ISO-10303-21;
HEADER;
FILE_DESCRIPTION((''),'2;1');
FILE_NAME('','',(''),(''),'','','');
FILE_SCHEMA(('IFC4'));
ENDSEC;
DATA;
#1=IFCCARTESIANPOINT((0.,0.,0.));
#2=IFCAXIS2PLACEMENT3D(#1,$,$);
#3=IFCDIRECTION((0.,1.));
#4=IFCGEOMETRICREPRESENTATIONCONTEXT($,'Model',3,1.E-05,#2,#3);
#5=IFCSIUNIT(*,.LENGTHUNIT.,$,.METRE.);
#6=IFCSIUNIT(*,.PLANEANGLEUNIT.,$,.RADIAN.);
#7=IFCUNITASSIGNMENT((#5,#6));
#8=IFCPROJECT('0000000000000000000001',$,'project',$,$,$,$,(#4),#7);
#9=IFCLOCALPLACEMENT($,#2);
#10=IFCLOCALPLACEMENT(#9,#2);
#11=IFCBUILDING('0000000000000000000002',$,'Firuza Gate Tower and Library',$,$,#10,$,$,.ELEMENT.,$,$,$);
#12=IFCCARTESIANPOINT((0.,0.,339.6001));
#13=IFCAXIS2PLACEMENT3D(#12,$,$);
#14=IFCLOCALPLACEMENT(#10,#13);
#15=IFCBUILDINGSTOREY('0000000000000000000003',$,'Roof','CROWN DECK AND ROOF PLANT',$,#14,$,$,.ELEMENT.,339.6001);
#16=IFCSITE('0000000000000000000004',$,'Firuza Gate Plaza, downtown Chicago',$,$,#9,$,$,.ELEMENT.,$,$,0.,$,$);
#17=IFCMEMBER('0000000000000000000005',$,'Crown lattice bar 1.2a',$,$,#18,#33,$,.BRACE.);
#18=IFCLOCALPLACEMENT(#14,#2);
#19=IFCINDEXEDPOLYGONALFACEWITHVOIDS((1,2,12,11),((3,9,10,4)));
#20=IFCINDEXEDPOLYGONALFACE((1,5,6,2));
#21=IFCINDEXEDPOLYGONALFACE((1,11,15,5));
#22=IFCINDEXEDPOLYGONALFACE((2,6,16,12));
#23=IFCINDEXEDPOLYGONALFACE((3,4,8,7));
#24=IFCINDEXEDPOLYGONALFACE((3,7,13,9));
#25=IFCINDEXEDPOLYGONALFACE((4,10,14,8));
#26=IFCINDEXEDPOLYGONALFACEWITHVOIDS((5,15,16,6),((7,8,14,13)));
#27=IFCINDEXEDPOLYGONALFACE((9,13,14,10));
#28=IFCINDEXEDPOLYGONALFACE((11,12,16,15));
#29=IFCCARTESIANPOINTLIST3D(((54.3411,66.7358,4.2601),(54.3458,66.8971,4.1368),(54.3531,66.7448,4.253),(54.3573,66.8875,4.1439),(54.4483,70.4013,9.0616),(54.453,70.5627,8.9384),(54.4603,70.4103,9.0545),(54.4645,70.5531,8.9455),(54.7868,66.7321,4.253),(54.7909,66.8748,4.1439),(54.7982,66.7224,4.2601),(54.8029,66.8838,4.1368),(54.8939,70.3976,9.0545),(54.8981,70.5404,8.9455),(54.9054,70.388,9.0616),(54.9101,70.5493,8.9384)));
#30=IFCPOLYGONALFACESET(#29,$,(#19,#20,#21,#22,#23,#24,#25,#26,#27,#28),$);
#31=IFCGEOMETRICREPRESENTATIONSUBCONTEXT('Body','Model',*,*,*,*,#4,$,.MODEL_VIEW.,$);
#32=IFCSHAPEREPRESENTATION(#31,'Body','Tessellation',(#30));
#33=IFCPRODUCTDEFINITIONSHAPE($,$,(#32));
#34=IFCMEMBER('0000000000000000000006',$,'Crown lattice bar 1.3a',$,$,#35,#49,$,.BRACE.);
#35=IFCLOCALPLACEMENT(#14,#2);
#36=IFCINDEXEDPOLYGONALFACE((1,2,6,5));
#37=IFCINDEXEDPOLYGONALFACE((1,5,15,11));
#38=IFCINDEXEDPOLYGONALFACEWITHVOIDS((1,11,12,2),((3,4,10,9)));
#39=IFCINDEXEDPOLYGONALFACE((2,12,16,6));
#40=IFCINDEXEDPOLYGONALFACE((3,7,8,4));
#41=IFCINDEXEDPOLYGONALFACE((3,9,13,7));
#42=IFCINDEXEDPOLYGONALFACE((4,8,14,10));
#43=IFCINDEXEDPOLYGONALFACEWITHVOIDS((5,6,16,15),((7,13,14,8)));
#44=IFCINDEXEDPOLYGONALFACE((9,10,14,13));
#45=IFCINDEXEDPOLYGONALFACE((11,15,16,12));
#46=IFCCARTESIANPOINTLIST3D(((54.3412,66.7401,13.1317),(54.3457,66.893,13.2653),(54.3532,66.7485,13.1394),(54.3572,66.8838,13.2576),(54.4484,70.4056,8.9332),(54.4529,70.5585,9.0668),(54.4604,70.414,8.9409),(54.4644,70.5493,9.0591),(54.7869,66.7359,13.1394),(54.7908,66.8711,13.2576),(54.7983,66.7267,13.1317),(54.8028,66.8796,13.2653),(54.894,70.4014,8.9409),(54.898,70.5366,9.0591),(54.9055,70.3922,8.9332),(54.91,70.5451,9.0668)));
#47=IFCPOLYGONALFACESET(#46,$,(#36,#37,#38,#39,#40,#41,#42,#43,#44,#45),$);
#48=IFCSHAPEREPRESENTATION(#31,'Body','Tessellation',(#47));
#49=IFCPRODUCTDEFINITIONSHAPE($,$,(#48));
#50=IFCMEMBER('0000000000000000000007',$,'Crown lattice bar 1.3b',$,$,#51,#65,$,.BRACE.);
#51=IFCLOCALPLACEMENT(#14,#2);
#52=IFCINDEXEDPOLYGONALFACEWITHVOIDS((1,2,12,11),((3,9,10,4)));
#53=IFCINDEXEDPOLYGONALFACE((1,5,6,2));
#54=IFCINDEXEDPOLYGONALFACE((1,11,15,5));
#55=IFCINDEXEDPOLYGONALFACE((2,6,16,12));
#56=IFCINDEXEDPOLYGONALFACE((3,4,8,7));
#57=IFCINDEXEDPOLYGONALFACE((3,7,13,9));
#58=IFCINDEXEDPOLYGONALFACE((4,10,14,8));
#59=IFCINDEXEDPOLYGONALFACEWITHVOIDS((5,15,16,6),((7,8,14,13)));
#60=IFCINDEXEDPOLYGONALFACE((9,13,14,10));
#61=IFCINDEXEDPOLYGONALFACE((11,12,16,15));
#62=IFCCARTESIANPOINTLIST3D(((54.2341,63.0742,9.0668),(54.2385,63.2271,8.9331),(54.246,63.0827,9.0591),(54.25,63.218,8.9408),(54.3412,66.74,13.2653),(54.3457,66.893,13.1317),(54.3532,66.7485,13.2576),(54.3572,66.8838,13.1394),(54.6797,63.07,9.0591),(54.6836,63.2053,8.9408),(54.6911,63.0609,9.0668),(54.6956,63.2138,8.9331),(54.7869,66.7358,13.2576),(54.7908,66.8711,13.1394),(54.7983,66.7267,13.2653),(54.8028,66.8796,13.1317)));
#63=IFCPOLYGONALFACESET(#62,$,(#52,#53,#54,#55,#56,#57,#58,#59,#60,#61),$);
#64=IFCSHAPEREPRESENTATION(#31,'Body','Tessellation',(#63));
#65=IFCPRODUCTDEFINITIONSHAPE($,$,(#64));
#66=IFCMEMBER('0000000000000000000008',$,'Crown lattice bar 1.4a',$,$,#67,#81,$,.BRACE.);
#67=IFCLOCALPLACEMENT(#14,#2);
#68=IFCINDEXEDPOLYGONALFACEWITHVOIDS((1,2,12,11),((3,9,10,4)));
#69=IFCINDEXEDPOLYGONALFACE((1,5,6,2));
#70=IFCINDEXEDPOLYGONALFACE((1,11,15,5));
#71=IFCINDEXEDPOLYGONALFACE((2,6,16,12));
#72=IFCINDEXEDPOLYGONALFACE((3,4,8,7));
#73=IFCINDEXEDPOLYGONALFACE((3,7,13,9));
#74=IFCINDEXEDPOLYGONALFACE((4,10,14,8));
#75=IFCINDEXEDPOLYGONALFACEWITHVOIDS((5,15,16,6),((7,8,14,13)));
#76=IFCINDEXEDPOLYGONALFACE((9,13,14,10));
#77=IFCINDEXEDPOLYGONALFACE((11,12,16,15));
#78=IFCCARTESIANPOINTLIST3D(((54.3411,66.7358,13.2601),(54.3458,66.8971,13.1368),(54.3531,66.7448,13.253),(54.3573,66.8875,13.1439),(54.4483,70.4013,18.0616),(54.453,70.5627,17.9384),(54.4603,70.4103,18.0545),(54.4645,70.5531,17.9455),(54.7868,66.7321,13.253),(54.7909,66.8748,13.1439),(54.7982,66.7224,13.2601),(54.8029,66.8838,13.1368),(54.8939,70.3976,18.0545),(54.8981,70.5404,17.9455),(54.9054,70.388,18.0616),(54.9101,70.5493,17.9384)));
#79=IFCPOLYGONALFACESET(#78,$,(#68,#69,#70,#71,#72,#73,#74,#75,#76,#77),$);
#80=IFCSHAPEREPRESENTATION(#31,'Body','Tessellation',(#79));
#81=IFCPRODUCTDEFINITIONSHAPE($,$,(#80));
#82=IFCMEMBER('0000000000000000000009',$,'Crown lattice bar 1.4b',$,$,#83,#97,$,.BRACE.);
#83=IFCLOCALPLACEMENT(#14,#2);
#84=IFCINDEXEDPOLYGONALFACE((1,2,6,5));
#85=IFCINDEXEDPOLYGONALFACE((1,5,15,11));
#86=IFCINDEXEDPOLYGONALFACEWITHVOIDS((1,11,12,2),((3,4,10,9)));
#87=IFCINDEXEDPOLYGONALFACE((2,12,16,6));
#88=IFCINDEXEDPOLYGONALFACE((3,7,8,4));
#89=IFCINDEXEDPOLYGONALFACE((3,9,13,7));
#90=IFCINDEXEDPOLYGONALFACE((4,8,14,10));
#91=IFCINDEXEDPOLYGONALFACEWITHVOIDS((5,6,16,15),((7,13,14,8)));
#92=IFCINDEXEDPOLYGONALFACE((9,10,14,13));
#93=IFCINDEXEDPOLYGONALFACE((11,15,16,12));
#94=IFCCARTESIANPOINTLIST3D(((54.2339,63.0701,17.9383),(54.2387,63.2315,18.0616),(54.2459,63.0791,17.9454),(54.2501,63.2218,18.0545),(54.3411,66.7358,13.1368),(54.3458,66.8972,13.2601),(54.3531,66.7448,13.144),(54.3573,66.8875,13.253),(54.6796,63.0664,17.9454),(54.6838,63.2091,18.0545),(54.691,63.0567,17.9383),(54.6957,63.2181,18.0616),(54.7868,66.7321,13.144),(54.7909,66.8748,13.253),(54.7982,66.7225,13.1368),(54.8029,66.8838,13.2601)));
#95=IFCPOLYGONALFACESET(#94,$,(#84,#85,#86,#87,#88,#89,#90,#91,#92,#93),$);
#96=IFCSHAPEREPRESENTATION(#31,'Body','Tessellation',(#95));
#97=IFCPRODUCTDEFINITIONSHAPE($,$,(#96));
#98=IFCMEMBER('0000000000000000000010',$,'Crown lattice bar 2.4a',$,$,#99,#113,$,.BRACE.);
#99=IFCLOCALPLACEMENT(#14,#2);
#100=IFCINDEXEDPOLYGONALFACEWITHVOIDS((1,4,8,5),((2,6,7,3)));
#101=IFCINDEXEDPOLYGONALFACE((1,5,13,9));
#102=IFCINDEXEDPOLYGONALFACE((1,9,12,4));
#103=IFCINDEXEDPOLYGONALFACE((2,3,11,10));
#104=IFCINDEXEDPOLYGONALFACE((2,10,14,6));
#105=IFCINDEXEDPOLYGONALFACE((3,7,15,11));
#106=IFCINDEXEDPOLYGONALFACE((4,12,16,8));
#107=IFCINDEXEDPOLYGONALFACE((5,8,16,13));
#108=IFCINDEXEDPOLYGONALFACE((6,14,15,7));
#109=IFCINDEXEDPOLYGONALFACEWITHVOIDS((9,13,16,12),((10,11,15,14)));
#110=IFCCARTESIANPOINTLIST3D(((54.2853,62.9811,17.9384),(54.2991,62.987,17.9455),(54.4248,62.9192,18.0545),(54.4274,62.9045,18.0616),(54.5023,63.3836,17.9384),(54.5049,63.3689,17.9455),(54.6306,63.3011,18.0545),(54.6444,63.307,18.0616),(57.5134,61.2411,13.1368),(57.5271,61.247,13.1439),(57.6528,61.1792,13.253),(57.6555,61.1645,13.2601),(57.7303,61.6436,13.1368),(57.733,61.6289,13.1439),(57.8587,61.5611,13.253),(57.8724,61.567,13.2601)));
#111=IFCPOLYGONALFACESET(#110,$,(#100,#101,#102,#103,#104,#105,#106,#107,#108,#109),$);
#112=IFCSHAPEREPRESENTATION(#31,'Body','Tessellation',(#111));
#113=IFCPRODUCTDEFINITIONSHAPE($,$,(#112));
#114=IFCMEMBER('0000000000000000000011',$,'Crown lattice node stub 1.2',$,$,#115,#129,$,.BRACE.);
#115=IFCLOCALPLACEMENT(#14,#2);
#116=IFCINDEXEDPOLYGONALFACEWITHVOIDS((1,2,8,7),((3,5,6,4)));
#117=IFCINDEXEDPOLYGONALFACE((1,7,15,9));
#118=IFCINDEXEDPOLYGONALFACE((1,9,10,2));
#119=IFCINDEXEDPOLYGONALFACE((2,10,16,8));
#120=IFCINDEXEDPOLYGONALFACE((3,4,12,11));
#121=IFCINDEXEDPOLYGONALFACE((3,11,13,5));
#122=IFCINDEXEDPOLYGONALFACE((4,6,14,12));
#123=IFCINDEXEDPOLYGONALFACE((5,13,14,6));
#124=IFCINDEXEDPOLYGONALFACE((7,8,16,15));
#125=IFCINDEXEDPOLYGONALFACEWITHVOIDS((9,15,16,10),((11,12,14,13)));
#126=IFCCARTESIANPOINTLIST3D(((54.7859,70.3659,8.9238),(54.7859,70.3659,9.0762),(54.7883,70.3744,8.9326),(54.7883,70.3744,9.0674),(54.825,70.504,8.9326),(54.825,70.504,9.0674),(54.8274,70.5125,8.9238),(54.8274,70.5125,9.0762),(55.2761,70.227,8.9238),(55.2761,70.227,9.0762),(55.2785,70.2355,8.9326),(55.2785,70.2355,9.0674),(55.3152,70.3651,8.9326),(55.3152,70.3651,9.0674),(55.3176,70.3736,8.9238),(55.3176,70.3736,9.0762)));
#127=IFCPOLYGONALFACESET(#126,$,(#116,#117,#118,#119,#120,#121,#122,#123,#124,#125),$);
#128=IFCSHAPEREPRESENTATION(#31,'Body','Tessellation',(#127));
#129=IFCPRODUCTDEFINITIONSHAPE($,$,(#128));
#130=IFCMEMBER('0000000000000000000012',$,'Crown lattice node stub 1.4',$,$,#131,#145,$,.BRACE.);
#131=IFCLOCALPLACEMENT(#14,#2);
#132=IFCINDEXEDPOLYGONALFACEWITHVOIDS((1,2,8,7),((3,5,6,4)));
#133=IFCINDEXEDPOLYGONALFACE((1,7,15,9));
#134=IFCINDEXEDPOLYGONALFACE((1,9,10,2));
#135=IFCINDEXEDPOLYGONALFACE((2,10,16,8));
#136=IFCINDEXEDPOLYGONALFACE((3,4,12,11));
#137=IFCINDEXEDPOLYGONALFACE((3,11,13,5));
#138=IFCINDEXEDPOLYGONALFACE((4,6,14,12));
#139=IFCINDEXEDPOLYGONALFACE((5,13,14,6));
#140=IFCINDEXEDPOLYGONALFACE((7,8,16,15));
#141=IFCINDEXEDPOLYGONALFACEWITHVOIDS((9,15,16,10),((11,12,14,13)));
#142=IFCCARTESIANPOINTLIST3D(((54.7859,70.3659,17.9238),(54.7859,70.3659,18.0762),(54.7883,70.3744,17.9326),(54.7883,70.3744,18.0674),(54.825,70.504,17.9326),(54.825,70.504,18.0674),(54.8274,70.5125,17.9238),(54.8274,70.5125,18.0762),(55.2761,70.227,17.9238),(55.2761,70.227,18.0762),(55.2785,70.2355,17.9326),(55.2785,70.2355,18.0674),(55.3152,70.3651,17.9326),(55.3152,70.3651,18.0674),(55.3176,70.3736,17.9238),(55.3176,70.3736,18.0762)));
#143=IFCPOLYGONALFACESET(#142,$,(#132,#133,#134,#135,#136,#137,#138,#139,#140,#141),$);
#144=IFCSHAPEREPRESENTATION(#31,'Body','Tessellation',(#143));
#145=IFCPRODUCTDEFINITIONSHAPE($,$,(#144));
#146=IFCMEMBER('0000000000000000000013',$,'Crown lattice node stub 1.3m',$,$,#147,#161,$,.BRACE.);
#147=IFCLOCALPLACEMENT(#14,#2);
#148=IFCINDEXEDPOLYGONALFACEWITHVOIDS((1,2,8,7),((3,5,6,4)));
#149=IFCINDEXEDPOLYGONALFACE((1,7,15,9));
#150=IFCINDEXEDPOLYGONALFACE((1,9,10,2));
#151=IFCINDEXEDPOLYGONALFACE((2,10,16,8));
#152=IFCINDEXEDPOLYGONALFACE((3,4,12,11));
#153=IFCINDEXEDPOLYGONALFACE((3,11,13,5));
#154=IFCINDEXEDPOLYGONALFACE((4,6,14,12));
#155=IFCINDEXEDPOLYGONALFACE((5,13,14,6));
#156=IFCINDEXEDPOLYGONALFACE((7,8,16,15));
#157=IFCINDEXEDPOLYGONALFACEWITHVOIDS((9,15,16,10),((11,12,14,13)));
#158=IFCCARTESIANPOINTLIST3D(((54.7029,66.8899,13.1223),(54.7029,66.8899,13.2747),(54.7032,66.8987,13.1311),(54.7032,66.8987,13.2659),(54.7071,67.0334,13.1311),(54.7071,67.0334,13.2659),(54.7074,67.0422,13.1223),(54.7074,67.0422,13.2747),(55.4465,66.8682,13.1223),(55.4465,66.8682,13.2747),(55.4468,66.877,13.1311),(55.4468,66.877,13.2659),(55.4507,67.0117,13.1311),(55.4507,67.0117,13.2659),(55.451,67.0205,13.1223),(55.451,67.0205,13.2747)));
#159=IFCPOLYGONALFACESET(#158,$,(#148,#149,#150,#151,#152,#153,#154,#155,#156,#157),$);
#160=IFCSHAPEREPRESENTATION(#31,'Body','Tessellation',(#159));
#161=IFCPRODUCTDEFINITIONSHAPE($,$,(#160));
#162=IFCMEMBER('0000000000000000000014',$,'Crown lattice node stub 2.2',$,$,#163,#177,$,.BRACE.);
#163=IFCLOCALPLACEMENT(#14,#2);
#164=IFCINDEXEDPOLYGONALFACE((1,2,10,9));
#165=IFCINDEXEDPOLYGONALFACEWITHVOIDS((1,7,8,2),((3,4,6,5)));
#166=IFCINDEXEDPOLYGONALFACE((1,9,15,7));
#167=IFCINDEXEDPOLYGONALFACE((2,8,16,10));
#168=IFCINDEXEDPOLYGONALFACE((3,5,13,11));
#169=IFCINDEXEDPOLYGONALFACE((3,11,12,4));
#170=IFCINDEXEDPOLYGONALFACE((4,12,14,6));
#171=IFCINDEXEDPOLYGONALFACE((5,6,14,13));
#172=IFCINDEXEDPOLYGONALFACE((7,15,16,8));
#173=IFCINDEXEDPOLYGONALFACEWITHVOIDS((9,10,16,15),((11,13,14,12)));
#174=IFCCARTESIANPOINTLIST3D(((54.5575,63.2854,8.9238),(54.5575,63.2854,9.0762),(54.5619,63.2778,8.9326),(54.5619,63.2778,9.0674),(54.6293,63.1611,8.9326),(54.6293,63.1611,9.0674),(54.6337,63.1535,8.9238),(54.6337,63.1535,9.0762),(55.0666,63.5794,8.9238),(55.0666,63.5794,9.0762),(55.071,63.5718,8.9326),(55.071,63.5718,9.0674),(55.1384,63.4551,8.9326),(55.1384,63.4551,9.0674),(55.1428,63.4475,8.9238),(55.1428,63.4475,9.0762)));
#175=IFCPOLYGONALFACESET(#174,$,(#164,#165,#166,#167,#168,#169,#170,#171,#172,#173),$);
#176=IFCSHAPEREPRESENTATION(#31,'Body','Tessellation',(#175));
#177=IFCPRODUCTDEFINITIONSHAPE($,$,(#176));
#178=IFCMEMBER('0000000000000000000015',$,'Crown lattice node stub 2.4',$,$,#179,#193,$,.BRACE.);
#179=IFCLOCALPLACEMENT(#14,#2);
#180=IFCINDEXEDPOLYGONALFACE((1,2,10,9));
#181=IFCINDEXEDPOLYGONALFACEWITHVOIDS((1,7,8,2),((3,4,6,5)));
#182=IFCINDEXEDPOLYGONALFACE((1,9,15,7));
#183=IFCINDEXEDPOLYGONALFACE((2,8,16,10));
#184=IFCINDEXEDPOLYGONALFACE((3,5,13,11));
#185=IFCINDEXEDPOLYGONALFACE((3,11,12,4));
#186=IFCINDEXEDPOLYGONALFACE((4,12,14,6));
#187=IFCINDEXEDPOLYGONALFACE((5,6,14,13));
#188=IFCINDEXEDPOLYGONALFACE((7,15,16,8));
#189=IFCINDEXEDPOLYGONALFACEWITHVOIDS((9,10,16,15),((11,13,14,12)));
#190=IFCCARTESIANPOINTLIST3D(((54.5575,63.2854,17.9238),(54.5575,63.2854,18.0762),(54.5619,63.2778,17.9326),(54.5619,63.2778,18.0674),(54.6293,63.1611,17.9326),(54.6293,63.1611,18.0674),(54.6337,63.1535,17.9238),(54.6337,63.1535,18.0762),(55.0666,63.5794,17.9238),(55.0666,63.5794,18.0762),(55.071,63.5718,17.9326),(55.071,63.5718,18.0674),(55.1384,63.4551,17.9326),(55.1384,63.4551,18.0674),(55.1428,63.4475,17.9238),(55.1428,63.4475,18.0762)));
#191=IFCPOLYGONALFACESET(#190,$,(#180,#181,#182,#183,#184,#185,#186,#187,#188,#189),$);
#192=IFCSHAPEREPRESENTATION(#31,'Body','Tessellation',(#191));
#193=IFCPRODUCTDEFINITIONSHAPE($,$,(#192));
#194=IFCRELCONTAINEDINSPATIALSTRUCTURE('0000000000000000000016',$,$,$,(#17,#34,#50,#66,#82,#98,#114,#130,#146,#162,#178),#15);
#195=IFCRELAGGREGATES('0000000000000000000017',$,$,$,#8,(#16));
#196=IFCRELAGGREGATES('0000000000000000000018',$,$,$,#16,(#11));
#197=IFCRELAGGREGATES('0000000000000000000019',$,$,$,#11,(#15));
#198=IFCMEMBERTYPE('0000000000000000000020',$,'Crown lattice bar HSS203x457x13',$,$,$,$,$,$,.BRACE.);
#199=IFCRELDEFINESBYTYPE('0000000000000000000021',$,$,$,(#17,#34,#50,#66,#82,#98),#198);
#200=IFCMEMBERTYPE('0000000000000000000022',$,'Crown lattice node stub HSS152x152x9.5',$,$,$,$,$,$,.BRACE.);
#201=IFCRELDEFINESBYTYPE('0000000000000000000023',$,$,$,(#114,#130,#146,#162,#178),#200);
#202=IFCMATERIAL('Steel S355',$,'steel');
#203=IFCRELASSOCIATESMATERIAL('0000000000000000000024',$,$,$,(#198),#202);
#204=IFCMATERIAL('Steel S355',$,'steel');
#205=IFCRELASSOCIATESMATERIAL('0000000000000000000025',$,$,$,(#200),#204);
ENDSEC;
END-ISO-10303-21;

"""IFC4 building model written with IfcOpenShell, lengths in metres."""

from ifc_helpers import new_model, si_unit, direction, frame, origin, origin_2d, place, context, subcontext, project, spatial, hollow_rectangle, extrude, material, material_profile, profile_set, type_object, element, save


model = new_model("IFC4")

# Units and contexts
model_context = context("Model", 3, precision=1e-05, world=origin(), true_north=direction((0.0, 1.0)))
body_context = subcontext(model_context, "Body", "Model", "MODEL_VIEW")
ifc_project = project(units=[si_unit("LENGTHUNIT", "METRE"), si_unit("PLANEANGLEUNIT", "RADIAN")], contexts=[model_context])

# Site, building, storey
site_placement = place(None, origin())
site = spatial("IfcSite", under=ifc_project, at=site_placement, Name="Firuza Gate Plaza, downtown Chicago", CompositionType="ELEMENT", RefElevation=0.0)
building_placement = place(site_placement, origin())
building = spatial("IfcBuilding", under=site, at=building_placement, Name="Firuza Gate Tower and Library", CompositionType="ELEMENT")
storey_placement = place(building_placement, frame((0.0, 0.0, 339.6001)))
storey = spatial("IfcBuildingStorey", under=building, at=storey_placement, Name="Roof", Description="CROWN DECK AND ROOF PLANT", CompositionType="ELEMENT", Elevation=339.6001)

# Members
ifc_material_1 = material(Name="Steel S355", Category="steel")
ifc_material_profile_1 = material_profile(ifc_material_1, hollow_rectangle(XDim=0.4573, YDim=0.2031, WallThickness=0.0117, at=origin_2d()))
ifc_profile_set_1 = profile_set([ifc_material_profile_1], Name="Steel S355")
member_type_1 = type_object("IfcMemberType", Name="Crown lattice bar HSS203x457x13", PredefinedType="BRACE", material=ifc_profile_set_1)
member_1_placement = place(storey_placement, frame((54.6792, 70.4753, 9.0), z_axis=(-0.01774, -0.606705, -0.794729), x_axis=(0.999573, -0.029227, 0.0)))
element("IfcMember", 1, at=member_1_placement, inside=storey, type_object=member_type_1, Name="Crown lattice bar 1.2a", PredefinedType="BRACE", context=body_context, shape_type="SweptSolid", body=[
    extrude(hollow_rectangle(XDim=0.4573, YDim=0.2031, WallThickness=0.0117, at=origin_2d()), origin(), (0.0, 0.0, 1.0), 6.0417),
])
member_2_placement = place(storey_placement, frame((54.6792, 70.4753, 9.0), z_axis=(-0.019226, -0.657555, 0.753162), x_axis=(0.999573, -0.029227, 0.0)))
element("IfcMember", 2, at=member_2_placement, inside=storey, type_object=member_type_1, Name="Crown lattice bar 1.3a", PredefinedType="BRACE", context=body_context, shape_type="SweptSolid", body=[
    extrude(hollow_rectangle(XDim=0.4573, YDim=0.2031, WallThickness=0.0117, at=origin_2d()), origin(), (0.0, 0.0, 1.0), 5.5745),
])
member_3_placement = place(storey_placement, frame((54.572, 66.8098, 13.1985), z_axis=(-0.019226, -0.657579, -0.75314), x_axis=(0.999573, -0.029225, 0.0)))
element("IfcMember", 3, at=member_3_placement, inside=storey, type_object=member_type_1, Name="Crown lattice bar 1.3b", PredefinedType="BRACE", context=body_context, shape_type="SweptSolid", body=[
    extrude(hollow_rectangle(XDim=0.4573, YDim=0.2031, WallThickness=0.0117, at=origin_2d()), origin(), (0.0, 0.0, 1.0), 5.5747),
])
for number, where, z_axis, x_axis, name in (
    (4, (54.6792, 70.4753, 18.0), (-0.01774, -0.606705, -0.794729), (0.999573, -0.029227, 0.0), "Crown lattice bar 1.4a"),
    (5, (54.572, 66.8098, 13.1985), (-0.017739, -0.60673, 0.79471), (0.999573, -0.029225, 0.0), "Crown lattice bar 1.4b"),
    (6, (54.4648, 63.144, 18.0), (0.53429, -0.287996, -0.794728), (0.474485, 0.880264, 0.0), "Crown lattice bar 2.4a"),
):
    element("IfcMember", number, at=place(storey_placement, frame(where, z_axis=z_axis, x_axis=x_axis)), inside=storey, type_object=member_type_1, Name=name, PredefinedType="BRACE", context=body_context, shape_type="SweptSolid", body=[
        extrude(hollow_rectangle(XDim=0.4573, YDim=0.2031, WallThickness=0.0117, at=origin_2d()), origin(), (0.0, 0.0, 1.0), 6.0417),
    ])
ifc_material_2 = material(Name="Steel S355", Category="steel")
ifc_material_profile_2 = material_profile(ifc_material_2, hollow_rectangle(XDim=0.1523, YDim=0.1523, WallThickness=0.0088, at=origin_2d()))
ifc_profile_set_2 = profile_set([ifc_material_profile_2], Name="Steel S355")
member_type_2 = type_object("IfcMemberType", Name="Crown lattice node stub HSS152x152x9.5", PredefinedType="BRACE", material=ifc_profile_set_2)
for number, where, z_axis, x_axis, name in (
    (7, (55.2969, 70.3003, 9.0), (-0.962118, 0.272632, 0.0), (-0.272632, -0.962118, 0.0), "Crown lattice node stub 1.2"),
    (8, (55.2969, 70.3003, 18.0), (-0.962118, 0.272632, 0.0), (-0.272632, -0.962118, 0.0), "Crown lattice node stub 1.4"),
):
    element("IfcMember", number, at=place(storey_placement, frame(where, z_axis=z_axis, x_axis=x_axis)), inside=storey, type_object=member_type_2, Name=name, PredefinedType="BRACE", context=body_context, shape_type="SweptSolid", body=[
        extrude(hollow_rectangle(XDim=0.1523, YDim=0.1523, WallThickness=0.0088, at=origin_2d()), origin(), (0.0, 0.0, 1.0), 0.5095),
    ])
member_4_placement = place(storey_placement, frame((55.4487, 66.9443, 13.1985), z_axis=(-0.999573, 0.029206, 0.0), x_axis=(-0.029206, -0.999573, 0.0)))
element("IfcMember", 9, at=member_4_placement, inside=storey, type_object=member_type_2, Name="Crown lattice node stub 1.3m", PredefinedType="BRACE", context=body_context, shape_type="SweptSolid", body=[
    extrude(hollow_rectangle(XDim=0.1523, YDim=0.1523, WallThickness=0.0088, at=origin_2d()), origin(), (0.0, 0.0, 1.0), 0.7439),
])
for number, where, z_axis, x_axis, name in (
    (10, (55.1047, 63.5134, 9.0), (-0.865985, -0.50007, 0.0), (0.50007, -0.865985, 0.0), "Crown lattice node stub 2.2"),
    (11, (55.1047, 63.5134, 18.0), (-0.865985, -0.50007, 0.0), (0.50007, -0.865985, 0.0), "Crown lattice node stub 2.4"),
):
    element("IfcMember", number, at=place(storey_placement, frame(where, z_axis=z_axis, x_axis=x_axis)), inside=storey, type_object=member_type_2, Name=name, PredefinedType="BRACE", context=body_context, shape_type="SweptSolid", body=[
        extrude(hollow_rectangle(XDim=0.1523, YDim=0.1523, WallThickness=0.0088, at=origin_2d()), origin(), (0.0, 0.0, 1.0), 0.5879),
    ])

save(model, "model.ifc")
